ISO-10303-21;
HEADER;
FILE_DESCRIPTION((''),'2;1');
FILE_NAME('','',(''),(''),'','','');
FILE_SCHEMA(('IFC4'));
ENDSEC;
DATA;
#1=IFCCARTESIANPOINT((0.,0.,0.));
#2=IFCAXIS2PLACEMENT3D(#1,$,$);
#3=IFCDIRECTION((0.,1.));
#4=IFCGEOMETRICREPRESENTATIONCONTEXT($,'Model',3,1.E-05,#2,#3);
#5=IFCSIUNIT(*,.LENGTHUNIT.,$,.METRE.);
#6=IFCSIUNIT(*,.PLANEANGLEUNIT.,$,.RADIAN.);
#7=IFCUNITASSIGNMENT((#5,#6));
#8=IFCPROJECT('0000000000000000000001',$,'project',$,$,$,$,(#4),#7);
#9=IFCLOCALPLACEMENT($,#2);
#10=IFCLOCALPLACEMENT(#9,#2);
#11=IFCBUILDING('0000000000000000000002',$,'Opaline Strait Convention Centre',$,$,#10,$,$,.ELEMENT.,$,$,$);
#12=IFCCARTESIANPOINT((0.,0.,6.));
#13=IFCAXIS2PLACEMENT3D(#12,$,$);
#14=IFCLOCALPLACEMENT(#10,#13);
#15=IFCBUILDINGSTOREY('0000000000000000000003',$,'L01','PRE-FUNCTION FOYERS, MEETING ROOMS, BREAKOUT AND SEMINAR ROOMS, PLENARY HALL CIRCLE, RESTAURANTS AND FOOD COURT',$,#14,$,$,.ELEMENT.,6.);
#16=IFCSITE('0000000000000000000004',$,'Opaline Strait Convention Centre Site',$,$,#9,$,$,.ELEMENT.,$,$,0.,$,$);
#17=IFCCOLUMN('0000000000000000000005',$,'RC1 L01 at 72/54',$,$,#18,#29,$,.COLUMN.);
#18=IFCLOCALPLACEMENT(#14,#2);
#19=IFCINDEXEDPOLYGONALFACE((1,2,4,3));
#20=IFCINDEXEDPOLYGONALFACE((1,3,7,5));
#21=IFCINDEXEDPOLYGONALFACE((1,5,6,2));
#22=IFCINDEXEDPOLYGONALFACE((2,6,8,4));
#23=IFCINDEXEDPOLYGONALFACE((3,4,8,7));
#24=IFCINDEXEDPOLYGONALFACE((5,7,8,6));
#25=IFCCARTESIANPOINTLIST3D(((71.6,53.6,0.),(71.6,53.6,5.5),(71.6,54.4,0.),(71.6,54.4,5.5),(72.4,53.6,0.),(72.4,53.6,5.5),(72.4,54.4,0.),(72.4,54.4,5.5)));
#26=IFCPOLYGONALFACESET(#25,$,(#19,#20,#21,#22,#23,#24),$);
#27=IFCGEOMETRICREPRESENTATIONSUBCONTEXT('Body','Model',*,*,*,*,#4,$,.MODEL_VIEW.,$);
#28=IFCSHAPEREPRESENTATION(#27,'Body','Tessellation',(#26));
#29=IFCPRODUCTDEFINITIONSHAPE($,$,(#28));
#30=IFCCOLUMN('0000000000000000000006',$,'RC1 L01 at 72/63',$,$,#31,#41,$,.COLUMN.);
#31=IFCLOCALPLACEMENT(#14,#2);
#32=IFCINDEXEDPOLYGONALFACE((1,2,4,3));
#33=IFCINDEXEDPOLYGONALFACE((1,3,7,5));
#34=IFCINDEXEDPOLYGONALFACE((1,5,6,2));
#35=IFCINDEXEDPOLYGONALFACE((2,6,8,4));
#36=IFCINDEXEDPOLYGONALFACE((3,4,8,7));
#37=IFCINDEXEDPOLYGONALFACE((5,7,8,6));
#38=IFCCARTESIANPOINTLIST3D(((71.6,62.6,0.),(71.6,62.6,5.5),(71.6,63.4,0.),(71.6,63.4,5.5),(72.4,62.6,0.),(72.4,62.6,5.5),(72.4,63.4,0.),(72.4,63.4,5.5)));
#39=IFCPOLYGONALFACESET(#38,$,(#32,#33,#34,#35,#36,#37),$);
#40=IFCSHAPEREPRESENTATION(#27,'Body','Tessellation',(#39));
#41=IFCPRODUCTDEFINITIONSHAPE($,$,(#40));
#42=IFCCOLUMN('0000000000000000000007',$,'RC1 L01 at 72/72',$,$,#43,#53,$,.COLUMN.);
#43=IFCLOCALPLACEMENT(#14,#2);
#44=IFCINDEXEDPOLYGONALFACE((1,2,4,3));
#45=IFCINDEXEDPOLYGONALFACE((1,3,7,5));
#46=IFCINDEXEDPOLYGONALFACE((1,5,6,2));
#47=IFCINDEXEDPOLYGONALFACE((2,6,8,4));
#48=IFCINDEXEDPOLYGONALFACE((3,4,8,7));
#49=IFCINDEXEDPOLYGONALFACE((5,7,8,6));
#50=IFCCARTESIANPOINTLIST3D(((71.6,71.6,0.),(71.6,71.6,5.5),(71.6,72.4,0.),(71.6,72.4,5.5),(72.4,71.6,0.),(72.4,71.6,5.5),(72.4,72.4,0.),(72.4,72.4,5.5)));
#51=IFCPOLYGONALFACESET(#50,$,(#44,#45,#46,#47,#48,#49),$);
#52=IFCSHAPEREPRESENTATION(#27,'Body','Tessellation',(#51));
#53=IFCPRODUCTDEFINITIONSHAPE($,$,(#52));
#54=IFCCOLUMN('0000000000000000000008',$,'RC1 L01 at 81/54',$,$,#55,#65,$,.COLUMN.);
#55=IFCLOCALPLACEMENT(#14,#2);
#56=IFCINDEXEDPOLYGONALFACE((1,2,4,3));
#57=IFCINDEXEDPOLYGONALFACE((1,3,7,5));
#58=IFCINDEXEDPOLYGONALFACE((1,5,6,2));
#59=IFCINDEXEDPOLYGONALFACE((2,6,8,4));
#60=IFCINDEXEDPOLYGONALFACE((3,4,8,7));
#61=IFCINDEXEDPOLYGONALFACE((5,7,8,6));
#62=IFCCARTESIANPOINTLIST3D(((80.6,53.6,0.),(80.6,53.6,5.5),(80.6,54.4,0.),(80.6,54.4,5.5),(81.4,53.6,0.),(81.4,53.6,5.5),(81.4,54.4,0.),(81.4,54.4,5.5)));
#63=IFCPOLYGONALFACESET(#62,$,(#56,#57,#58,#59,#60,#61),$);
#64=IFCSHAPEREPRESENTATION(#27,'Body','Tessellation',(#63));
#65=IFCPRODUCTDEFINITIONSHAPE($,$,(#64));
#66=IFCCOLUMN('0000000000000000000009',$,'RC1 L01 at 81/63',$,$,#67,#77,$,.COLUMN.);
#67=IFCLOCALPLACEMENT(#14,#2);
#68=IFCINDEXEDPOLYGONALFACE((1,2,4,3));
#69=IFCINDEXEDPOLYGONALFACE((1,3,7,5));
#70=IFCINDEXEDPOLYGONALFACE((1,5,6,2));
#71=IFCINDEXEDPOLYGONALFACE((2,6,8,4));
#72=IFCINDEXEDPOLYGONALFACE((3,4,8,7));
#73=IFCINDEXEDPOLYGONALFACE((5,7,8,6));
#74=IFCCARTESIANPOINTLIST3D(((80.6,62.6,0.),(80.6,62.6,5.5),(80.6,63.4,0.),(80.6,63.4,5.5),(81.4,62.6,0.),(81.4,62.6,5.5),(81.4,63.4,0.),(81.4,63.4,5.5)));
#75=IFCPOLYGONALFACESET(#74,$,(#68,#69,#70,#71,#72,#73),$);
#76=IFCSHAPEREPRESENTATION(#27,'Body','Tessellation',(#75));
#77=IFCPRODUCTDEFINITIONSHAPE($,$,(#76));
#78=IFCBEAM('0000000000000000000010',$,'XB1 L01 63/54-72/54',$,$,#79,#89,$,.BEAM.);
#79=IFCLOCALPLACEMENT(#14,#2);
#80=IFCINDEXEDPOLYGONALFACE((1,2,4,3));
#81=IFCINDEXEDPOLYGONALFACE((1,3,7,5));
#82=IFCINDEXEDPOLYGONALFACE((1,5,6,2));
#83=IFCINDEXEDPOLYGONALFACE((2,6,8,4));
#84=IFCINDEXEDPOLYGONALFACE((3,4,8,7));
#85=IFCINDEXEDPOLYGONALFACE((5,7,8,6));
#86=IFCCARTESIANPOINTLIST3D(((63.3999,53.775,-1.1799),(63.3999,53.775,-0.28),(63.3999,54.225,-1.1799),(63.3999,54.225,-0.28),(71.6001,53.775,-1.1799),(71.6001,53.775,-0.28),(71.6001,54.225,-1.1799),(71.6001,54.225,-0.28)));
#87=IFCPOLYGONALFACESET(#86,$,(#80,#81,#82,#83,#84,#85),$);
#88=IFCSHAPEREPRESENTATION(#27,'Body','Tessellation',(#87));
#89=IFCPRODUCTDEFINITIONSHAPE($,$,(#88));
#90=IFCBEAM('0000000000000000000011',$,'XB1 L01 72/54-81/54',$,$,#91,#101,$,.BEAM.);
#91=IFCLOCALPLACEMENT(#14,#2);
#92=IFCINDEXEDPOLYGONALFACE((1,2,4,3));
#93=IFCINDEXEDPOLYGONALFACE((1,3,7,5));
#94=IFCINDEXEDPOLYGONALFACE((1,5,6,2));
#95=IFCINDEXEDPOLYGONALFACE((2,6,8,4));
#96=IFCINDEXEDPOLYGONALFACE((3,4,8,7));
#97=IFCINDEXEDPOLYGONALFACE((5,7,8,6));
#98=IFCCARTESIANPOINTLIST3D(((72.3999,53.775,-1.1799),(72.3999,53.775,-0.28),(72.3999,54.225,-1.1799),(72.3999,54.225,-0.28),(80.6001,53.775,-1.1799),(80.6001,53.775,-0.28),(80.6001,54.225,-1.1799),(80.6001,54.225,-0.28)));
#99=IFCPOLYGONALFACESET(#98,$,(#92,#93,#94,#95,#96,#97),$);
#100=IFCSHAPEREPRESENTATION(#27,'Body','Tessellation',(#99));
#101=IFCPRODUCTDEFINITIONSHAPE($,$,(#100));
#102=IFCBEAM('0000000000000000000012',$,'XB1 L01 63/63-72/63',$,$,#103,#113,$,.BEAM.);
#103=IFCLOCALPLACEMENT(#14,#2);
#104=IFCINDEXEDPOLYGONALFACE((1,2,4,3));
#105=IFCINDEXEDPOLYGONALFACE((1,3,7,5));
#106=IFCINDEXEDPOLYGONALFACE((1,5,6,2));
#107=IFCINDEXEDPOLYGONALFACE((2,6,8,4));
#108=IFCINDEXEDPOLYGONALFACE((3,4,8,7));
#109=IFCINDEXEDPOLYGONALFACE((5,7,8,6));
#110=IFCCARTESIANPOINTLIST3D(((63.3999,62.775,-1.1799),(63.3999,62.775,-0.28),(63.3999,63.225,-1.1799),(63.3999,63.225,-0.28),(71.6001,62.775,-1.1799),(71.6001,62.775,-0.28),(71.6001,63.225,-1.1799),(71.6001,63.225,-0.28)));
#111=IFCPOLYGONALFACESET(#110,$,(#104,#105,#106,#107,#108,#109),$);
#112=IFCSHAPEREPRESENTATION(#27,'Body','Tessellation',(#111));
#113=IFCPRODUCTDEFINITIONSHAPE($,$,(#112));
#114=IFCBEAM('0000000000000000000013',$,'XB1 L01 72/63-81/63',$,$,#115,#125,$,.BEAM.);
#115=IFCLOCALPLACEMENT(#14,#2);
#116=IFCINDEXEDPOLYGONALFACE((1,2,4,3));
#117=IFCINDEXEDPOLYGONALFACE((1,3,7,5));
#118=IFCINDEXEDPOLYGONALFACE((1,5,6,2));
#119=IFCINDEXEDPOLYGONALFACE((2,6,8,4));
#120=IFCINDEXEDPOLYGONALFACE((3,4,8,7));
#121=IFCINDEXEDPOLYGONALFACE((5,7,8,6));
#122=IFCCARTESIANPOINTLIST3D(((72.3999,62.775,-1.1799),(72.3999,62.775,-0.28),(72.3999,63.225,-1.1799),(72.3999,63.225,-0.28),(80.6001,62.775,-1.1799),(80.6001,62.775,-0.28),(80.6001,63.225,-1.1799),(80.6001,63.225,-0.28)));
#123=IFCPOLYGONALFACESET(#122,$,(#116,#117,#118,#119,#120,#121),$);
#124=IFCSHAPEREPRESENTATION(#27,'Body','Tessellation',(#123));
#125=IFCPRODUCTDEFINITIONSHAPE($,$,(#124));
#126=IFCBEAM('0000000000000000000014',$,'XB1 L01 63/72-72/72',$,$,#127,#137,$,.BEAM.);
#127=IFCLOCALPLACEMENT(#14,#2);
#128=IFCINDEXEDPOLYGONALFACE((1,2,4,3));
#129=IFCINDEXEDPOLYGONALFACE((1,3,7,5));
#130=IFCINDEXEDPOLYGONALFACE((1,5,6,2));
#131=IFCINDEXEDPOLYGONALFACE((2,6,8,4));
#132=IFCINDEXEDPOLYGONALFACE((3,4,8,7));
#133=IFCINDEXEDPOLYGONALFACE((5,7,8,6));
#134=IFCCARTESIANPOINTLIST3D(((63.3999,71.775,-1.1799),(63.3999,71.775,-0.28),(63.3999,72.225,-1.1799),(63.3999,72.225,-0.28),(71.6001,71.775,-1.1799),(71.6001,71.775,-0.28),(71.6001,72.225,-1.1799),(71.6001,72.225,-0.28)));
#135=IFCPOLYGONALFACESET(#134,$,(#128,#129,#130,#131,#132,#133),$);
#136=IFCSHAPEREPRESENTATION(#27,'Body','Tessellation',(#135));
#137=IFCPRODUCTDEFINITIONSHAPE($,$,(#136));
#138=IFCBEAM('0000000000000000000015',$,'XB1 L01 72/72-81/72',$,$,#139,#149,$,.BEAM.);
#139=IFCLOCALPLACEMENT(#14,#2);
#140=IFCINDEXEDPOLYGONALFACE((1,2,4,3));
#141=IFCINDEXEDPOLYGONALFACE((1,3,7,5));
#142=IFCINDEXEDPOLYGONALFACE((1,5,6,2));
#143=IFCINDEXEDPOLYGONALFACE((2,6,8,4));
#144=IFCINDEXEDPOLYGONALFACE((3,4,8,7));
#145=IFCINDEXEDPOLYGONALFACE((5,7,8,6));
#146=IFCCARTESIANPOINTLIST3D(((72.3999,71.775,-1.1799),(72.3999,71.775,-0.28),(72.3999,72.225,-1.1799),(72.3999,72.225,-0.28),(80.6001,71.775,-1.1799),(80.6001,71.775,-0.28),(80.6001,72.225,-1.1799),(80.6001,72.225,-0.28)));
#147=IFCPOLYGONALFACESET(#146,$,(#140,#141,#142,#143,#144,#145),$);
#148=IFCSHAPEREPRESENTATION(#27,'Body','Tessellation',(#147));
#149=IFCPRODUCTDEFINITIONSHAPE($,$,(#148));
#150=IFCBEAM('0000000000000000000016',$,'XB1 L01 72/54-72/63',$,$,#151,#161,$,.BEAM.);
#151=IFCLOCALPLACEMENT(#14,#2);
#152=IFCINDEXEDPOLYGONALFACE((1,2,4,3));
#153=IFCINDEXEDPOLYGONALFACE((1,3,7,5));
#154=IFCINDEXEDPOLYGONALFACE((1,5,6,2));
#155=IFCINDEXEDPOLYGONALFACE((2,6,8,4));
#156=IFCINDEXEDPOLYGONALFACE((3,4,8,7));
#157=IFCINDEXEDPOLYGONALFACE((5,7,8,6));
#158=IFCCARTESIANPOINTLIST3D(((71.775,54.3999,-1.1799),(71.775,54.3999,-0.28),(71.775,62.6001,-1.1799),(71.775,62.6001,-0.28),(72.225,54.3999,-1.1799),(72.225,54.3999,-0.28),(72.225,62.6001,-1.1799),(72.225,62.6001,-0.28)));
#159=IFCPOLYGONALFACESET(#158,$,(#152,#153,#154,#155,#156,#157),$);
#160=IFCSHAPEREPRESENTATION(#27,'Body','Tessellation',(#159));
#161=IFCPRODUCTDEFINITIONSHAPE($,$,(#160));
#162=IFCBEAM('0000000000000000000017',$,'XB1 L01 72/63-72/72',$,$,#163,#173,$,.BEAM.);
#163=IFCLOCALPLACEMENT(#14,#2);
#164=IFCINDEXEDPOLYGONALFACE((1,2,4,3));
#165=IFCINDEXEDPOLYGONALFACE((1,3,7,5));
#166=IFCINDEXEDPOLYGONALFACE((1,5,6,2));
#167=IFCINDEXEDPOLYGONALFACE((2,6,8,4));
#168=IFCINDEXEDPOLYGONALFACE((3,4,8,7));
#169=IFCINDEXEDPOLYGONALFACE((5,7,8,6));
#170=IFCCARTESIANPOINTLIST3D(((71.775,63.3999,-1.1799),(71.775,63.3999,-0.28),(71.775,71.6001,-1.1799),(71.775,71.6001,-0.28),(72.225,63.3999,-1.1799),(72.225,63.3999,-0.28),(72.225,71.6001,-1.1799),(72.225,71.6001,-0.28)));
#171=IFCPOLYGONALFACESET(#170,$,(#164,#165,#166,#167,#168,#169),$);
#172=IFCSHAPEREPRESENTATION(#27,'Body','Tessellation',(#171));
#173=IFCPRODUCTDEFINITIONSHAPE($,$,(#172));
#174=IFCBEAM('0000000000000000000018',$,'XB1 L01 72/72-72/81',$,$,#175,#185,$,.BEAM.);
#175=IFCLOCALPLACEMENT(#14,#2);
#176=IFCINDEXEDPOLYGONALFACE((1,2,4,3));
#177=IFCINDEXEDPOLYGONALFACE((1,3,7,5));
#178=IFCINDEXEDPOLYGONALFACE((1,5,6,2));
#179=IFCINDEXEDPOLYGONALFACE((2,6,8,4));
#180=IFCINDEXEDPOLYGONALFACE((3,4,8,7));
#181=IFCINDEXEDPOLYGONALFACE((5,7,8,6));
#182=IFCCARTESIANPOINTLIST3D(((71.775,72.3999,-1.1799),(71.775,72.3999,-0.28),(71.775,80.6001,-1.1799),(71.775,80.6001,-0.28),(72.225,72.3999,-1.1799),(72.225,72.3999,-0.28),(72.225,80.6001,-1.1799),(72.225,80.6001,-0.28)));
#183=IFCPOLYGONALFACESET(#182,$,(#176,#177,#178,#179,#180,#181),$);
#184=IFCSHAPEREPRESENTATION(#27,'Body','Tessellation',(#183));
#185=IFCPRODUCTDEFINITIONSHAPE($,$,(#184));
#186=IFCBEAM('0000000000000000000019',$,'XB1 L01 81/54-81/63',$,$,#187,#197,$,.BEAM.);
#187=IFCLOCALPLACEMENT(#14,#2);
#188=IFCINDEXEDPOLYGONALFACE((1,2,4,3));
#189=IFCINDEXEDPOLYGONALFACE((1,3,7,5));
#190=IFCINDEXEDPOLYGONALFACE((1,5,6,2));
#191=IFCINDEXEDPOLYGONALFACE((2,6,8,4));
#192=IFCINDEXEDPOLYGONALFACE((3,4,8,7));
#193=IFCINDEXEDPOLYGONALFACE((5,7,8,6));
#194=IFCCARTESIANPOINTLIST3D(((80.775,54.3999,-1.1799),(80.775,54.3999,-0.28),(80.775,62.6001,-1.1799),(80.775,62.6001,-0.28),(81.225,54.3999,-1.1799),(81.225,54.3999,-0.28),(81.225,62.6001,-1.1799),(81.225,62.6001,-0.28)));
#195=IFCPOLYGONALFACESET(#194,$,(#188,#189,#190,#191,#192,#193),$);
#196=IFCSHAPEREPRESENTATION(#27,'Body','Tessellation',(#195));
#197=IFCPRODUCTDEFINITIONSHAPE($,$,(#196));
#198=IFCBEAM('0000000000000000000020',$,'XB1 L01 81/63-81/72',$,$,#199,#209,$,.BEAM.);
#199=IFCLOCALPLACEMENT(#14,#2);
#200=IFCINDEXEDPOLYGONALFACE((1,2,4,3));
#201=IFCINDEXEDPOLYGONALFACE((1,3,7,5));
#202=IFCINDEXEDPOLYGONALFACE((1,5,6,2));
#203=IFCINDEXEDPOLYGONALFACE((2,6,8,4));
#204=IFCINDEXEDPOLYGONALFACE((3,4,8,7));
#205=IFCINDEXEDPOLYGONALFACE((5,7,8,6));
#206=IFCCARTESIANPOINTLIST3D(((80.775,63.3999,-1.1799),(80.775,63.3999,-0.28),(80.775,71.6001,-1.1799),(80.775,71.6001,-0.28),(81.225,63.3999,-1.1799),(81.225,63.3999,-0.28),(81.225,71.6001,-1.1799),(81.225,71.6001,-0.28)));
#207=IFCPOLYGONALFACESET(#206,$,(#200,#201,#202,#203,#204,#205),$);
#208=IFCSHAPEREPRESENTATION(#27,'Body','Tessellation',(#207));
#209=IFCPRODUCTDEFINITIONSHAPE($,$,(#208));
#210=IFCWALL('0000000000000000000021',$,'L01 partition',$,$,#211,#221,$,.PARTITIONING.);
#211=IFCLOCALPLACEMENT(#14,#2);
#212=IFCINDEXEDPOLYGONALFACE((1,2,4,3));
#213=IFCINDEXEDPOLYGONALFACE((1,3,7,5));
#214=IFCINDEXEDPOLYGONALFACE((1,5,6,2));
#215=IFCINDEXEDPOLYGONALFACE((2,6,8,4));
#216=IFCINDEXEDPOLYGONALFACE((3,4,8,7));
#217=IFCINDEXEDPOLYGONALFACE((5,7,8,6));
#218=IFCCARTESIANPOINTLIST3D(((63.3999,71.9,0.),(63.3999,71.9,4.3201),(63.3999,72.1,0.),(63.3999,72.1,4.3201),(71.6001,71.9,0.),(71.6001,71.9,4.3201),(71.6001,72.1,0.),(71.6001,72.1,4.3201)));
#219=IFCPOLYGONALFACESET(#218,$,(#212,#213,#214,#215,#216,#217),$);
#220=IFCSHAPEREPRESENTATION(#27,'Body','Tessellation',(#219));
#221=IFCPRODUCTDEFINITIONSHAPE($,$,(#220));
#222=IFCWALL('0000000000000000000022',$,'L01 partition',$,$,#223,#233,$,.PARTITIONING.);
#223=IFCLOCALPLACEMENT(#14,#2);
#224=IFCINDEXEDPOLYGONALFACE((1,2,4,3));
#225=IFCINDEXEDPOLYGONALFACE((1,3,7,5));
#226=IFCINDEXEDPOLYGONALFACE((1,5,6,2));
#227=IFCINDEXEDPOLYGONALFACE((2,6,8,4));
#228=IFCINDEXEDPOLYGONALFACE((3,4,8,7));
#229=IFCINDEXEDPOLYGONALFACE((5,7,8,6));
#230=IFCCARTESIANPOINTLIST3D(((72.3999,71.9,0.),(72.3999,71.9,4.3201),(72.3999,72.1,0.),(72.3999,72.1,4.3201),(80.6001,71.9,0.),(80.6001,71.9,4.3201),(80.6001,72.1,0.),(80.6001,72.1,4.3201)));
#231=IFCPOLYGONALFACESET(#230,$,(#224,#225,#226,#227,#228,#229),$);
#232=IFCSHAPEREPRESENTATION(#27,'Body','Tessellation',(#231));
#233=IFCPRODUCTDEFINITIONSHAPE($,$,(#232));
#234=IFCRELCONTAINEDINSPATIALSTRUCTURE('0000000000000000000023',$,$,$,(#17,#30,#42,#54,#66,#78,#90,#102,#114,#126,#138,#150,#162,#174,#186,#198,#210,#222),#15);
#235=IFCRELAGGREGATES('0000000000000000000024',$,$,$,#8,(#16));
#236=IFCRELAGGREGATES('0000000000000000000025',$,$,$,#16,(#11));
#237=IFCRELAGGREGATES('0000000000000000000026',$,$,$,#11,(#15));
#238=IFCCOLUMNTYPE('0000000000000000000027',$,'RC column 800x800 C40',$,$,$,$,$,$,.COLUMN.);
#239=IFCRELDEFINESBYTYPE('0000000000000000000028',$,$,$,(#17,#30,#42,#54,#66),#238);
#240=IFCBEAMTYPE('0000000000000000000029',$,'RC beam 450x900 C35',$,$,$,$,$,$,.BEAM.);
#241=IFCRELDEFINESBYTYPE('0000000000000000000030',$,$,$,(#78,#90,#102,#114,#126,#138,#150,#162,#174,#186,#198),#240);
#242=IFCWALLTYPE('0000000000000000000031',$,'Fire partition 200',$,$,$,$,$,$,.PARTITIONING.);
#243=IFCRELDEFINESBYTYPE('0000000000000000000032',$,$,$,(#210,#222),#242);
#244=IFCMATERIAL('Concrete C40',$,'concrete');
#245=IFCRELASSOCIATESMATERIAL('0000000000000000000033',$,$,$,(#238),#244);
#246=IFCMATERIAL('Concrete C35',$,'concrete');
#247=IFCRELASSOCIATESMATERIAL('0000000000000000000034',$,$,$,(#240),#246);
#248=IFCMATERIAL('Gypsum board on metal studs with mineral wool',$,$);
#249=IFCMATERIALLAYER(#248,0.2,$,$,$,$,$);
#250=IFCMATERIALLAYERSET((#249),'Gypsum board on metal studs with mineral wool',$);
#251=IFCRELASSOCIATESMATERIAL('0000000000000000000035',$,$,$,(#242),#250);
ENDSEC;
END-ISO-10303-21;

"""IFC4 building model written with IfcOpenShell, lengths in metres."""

from ifc_helpers import new_model, si_unit, direction, frame, frame_2d, origin, origin_2d, place, context, subcontext, project, spatial, rectangle, extrude, material, layer, layer_set, material_profile, profile_set, type_object, element, save


model = new_model("IFC4")

# Units and contexts
model_context = context("Model", 3, precision=1e-05, world=origin(), true_north=direction((0.0, 1.0)))
body_context = subcontext(model_context, "Body", "Model", "MODEL_VIEW")
ifc_project = project(units=[si_unit("LENGTHUNIT", "METRE"), si_unit("PLANEANGLEUNIT", "RADIAN")], contexts=[model_context])

# Site, building, storey
site_placement = place(None, origin())
site = spatial("IfcSite", under=ifc_project, at=site_placement, Name="Opaline Strait Convention Centre Site", CompositionType="ELEMENT", RefElevation=0.0)
building_placement = place(site_placement, origin())
building = spatial("IfcBuilding", under=site, at=building_placement, Name="Opaline Strait Convention Centre", CompositionType="ELEMENT")
storey_placement = place(building_placement, frame((0.0, 0.0, 6.0)))
storey = spatial("IfcBuildingStorey", under=building, at=storey_placement, Name="L01", Description="PRE-FUNCTION FOYERS, MEETING ROOMS, BREAKOUT AND SEMINAR ROOMS, PLENARY HALL CIRCLE, RESTAURANTS AND FOOD COURT", CompositionType="ELEMENT", Elevation=6.0)

# Columns
ifc_material_1 = material(Name="Concrete C40", Category="concrete")
ifc_material_profile_1 = material_profile(ifc_material_1, rectangle(XDim=0.8, YDim=0.8, at=origin_2d()), Name="RC 800x800")
ifc_profile_set_1 = profile_set([ifc_material_profile_1], Name="Concrete C40")
column_type = type_object("IfcColumnType", Name="RC column 800x800 C40", PredefinedType="COLUMN", material=ifc_profile_set_1)
for number, where, z_axis, x_axis, name in (
    (1, (72.0, 54.0, 0.0), (0.0, 0.0, 1.0), (1.0, 0.0, 0.0), "RC1 L01 at 72/54"),
    (2, (72.0, 63.0, 0.0), (0.0, 0.0, 1.0), (1.0, 0.0, 0.0), "RC1 L01 at 72/63"),
    (3, (72.0, 72.0, 0.0), (0.0, 0.0, 1.0), (1.0, 0.0, 0.0), "RC1 L01 at 72/72"),
    (4, (81.0, 54.0, 0.0), (0.0, 0.0, 1.0), (1.0, 0.0, 0.0), "RC1 L01 at 81/54"),
    (5, (81.0, 63.0, 0.0), (0.0, 0.0, 1.0), (1.0, 0.0, 0.0), "RC1 L01 at 81/63"),
):
    element("IfcColumn", number, at=place(storey_placement, frame(where, z_axis=z_axis, x_axis=x_axis)), inside=storey, type_object=column_type, Name=name, PredefinedType="COLUMN", context=body_context, shape_type="SweptSolid", body=[
        extrude(rectangle(XDim=0.8, YDim=0.8, at=origin_2d()), origin(), (0.0, 0.0, 1.0), 5.5),
    ])

# Beams
ifc_material_2 = material(Name="Concrete C35", Category="concrete")
ifc_material_profile_2 = material_profile(ifc_material_2, rectangle(XDim=0.45, YDim=0.8999, at=origin_2d()), Name="RC 450x900")
ifc_profile_set_2 = profile_set([ifc_material_profile_2], Name="Concrete C35")
beam_type = type_object("IfcBeamType", Name="RC beam 450x900 C35", PredefinedType="BEAM", material=ifc_profile_set_2)
for number, where, z_axis, x_axis, name in (
    (6, (63.3999, 54.0, -0.73), (1.0, 0.0, 0.0), (0.0, 1.0, 0.0), "XB1 L01 63/54-72/54"),
    (7, (72.3999, 54.0, -0.73), (1.0, 0.0, 0.0), (0.0, 1.0, 0.0), "XB1 L01 72/54-81/54"),
    (8, (63.3999, 63.0, -0.73), (1.0, 0.0, 0.0), (0.0, 1.0, 0.0), "XB1 L01 63/63-72/63"),
    (9, (72.3999, 63.0, -0.73), (1.0, 0.0, 0.0), (0.0, 1.0, 0.0), "XB1 L01 72/63-81/63"),
    (10, (63.3999, 72.0, -0.73), (1.0, 0.0, 0.0), (0.0, 1.0, 0.0), "XB1 L01 63/72-72/72"),
    (11, (72.3999, 72.0, -0.73), (1.0, 0.0, 0.0), (0.0, 1.0, 0.0), "XB1 L01 72/72-81/72"),
    (12, (72.0, 54.3999, -0.73), (0.0, 1.0, 0.0), (-1.0, 0.0, 0.0), "XB1 L01 72/54-72/63"),
    (13, (72.0, 63.3999, -0.73), (0.0, 1.0, 0.0), (-1.0, 0.0, 0.0), "XB1 L01 72/63-72/72"),
    (14, (72.0, 72.3999, -0.73), (0.0, 1.0, 0.0), (-1.0, 0.0, 0.0), "XB1 L01 72/72-72/81"),
    (15, (81.0, 54.3999, -0.73), (0.0, 1.0, 0.0), (-1.0, 0.0, 0.0), "XB1 L01 81/54-81/63"),
    (16, (81.0, 63.3999, -0.73), (0.0, 1.0, 0.0), (-1.0, 0.0, 0.0), "XB1 L01 81/63-81/72"),
):
    element("IfcBeam", number, at=place(storey_placement, frame(where, z_axis=z_axis, x_axis=x_axis)), inside=storey, type_object=beam_type, Name=name, PredefinedType="BEAM", context=body_context, shape_type="SweptSolid", body=[
        extrude(rectangle(XDim=0.45, YDim=0.8999, at=origin_2d()), origin(), (0.0, 0.0, 1.0), 8.2002),
    ])

# Walls
ifc_material_3 = material(Name="Gypsum board on metal studs with mineral wool")
ifc_layer_1 = layer(ifc_material_3, 0.2)
ifc_layer_set_1 = layer_set([ifc_layer_1], Name="Gypsum board on metal studs with mineral wool")
wall_type_1 = type_object("IfcWallType", Name="Fire partition 200", PredefinedType="PARTITIONING", material=ifc_layer_set_1)
for number, where, z_axis, x_axis, name in (
    (17, (63.3999, 72.0, 0.0), (0.0, 0.0, 1.0), (1.0, 0.0, 0.0), "L01 partition"),
    (18, (72.3999, 72.0, 0.0), (0.0, 0.0, 1.0), (1.0, 0.0, 0.0), "L01 partition"),
):
    element("IfcWall", number, at=place(storey_placement, frame(where, z_axis=z_axis, x_axis=x_axis)), inside=storey, type_object=wall_type_1, Name=name, PredefinedType="PARTITIONING", context=body_context, shape_type="SweptSolid", body=[
        extrude(rectangle(XDim=8.2002, YDim=0.2, at=frame_2d((4.1001, 0.0))), origin(), (0.0, 0.0, 1.0), 4.3201),
    ])

save(model, "model.ifc")
